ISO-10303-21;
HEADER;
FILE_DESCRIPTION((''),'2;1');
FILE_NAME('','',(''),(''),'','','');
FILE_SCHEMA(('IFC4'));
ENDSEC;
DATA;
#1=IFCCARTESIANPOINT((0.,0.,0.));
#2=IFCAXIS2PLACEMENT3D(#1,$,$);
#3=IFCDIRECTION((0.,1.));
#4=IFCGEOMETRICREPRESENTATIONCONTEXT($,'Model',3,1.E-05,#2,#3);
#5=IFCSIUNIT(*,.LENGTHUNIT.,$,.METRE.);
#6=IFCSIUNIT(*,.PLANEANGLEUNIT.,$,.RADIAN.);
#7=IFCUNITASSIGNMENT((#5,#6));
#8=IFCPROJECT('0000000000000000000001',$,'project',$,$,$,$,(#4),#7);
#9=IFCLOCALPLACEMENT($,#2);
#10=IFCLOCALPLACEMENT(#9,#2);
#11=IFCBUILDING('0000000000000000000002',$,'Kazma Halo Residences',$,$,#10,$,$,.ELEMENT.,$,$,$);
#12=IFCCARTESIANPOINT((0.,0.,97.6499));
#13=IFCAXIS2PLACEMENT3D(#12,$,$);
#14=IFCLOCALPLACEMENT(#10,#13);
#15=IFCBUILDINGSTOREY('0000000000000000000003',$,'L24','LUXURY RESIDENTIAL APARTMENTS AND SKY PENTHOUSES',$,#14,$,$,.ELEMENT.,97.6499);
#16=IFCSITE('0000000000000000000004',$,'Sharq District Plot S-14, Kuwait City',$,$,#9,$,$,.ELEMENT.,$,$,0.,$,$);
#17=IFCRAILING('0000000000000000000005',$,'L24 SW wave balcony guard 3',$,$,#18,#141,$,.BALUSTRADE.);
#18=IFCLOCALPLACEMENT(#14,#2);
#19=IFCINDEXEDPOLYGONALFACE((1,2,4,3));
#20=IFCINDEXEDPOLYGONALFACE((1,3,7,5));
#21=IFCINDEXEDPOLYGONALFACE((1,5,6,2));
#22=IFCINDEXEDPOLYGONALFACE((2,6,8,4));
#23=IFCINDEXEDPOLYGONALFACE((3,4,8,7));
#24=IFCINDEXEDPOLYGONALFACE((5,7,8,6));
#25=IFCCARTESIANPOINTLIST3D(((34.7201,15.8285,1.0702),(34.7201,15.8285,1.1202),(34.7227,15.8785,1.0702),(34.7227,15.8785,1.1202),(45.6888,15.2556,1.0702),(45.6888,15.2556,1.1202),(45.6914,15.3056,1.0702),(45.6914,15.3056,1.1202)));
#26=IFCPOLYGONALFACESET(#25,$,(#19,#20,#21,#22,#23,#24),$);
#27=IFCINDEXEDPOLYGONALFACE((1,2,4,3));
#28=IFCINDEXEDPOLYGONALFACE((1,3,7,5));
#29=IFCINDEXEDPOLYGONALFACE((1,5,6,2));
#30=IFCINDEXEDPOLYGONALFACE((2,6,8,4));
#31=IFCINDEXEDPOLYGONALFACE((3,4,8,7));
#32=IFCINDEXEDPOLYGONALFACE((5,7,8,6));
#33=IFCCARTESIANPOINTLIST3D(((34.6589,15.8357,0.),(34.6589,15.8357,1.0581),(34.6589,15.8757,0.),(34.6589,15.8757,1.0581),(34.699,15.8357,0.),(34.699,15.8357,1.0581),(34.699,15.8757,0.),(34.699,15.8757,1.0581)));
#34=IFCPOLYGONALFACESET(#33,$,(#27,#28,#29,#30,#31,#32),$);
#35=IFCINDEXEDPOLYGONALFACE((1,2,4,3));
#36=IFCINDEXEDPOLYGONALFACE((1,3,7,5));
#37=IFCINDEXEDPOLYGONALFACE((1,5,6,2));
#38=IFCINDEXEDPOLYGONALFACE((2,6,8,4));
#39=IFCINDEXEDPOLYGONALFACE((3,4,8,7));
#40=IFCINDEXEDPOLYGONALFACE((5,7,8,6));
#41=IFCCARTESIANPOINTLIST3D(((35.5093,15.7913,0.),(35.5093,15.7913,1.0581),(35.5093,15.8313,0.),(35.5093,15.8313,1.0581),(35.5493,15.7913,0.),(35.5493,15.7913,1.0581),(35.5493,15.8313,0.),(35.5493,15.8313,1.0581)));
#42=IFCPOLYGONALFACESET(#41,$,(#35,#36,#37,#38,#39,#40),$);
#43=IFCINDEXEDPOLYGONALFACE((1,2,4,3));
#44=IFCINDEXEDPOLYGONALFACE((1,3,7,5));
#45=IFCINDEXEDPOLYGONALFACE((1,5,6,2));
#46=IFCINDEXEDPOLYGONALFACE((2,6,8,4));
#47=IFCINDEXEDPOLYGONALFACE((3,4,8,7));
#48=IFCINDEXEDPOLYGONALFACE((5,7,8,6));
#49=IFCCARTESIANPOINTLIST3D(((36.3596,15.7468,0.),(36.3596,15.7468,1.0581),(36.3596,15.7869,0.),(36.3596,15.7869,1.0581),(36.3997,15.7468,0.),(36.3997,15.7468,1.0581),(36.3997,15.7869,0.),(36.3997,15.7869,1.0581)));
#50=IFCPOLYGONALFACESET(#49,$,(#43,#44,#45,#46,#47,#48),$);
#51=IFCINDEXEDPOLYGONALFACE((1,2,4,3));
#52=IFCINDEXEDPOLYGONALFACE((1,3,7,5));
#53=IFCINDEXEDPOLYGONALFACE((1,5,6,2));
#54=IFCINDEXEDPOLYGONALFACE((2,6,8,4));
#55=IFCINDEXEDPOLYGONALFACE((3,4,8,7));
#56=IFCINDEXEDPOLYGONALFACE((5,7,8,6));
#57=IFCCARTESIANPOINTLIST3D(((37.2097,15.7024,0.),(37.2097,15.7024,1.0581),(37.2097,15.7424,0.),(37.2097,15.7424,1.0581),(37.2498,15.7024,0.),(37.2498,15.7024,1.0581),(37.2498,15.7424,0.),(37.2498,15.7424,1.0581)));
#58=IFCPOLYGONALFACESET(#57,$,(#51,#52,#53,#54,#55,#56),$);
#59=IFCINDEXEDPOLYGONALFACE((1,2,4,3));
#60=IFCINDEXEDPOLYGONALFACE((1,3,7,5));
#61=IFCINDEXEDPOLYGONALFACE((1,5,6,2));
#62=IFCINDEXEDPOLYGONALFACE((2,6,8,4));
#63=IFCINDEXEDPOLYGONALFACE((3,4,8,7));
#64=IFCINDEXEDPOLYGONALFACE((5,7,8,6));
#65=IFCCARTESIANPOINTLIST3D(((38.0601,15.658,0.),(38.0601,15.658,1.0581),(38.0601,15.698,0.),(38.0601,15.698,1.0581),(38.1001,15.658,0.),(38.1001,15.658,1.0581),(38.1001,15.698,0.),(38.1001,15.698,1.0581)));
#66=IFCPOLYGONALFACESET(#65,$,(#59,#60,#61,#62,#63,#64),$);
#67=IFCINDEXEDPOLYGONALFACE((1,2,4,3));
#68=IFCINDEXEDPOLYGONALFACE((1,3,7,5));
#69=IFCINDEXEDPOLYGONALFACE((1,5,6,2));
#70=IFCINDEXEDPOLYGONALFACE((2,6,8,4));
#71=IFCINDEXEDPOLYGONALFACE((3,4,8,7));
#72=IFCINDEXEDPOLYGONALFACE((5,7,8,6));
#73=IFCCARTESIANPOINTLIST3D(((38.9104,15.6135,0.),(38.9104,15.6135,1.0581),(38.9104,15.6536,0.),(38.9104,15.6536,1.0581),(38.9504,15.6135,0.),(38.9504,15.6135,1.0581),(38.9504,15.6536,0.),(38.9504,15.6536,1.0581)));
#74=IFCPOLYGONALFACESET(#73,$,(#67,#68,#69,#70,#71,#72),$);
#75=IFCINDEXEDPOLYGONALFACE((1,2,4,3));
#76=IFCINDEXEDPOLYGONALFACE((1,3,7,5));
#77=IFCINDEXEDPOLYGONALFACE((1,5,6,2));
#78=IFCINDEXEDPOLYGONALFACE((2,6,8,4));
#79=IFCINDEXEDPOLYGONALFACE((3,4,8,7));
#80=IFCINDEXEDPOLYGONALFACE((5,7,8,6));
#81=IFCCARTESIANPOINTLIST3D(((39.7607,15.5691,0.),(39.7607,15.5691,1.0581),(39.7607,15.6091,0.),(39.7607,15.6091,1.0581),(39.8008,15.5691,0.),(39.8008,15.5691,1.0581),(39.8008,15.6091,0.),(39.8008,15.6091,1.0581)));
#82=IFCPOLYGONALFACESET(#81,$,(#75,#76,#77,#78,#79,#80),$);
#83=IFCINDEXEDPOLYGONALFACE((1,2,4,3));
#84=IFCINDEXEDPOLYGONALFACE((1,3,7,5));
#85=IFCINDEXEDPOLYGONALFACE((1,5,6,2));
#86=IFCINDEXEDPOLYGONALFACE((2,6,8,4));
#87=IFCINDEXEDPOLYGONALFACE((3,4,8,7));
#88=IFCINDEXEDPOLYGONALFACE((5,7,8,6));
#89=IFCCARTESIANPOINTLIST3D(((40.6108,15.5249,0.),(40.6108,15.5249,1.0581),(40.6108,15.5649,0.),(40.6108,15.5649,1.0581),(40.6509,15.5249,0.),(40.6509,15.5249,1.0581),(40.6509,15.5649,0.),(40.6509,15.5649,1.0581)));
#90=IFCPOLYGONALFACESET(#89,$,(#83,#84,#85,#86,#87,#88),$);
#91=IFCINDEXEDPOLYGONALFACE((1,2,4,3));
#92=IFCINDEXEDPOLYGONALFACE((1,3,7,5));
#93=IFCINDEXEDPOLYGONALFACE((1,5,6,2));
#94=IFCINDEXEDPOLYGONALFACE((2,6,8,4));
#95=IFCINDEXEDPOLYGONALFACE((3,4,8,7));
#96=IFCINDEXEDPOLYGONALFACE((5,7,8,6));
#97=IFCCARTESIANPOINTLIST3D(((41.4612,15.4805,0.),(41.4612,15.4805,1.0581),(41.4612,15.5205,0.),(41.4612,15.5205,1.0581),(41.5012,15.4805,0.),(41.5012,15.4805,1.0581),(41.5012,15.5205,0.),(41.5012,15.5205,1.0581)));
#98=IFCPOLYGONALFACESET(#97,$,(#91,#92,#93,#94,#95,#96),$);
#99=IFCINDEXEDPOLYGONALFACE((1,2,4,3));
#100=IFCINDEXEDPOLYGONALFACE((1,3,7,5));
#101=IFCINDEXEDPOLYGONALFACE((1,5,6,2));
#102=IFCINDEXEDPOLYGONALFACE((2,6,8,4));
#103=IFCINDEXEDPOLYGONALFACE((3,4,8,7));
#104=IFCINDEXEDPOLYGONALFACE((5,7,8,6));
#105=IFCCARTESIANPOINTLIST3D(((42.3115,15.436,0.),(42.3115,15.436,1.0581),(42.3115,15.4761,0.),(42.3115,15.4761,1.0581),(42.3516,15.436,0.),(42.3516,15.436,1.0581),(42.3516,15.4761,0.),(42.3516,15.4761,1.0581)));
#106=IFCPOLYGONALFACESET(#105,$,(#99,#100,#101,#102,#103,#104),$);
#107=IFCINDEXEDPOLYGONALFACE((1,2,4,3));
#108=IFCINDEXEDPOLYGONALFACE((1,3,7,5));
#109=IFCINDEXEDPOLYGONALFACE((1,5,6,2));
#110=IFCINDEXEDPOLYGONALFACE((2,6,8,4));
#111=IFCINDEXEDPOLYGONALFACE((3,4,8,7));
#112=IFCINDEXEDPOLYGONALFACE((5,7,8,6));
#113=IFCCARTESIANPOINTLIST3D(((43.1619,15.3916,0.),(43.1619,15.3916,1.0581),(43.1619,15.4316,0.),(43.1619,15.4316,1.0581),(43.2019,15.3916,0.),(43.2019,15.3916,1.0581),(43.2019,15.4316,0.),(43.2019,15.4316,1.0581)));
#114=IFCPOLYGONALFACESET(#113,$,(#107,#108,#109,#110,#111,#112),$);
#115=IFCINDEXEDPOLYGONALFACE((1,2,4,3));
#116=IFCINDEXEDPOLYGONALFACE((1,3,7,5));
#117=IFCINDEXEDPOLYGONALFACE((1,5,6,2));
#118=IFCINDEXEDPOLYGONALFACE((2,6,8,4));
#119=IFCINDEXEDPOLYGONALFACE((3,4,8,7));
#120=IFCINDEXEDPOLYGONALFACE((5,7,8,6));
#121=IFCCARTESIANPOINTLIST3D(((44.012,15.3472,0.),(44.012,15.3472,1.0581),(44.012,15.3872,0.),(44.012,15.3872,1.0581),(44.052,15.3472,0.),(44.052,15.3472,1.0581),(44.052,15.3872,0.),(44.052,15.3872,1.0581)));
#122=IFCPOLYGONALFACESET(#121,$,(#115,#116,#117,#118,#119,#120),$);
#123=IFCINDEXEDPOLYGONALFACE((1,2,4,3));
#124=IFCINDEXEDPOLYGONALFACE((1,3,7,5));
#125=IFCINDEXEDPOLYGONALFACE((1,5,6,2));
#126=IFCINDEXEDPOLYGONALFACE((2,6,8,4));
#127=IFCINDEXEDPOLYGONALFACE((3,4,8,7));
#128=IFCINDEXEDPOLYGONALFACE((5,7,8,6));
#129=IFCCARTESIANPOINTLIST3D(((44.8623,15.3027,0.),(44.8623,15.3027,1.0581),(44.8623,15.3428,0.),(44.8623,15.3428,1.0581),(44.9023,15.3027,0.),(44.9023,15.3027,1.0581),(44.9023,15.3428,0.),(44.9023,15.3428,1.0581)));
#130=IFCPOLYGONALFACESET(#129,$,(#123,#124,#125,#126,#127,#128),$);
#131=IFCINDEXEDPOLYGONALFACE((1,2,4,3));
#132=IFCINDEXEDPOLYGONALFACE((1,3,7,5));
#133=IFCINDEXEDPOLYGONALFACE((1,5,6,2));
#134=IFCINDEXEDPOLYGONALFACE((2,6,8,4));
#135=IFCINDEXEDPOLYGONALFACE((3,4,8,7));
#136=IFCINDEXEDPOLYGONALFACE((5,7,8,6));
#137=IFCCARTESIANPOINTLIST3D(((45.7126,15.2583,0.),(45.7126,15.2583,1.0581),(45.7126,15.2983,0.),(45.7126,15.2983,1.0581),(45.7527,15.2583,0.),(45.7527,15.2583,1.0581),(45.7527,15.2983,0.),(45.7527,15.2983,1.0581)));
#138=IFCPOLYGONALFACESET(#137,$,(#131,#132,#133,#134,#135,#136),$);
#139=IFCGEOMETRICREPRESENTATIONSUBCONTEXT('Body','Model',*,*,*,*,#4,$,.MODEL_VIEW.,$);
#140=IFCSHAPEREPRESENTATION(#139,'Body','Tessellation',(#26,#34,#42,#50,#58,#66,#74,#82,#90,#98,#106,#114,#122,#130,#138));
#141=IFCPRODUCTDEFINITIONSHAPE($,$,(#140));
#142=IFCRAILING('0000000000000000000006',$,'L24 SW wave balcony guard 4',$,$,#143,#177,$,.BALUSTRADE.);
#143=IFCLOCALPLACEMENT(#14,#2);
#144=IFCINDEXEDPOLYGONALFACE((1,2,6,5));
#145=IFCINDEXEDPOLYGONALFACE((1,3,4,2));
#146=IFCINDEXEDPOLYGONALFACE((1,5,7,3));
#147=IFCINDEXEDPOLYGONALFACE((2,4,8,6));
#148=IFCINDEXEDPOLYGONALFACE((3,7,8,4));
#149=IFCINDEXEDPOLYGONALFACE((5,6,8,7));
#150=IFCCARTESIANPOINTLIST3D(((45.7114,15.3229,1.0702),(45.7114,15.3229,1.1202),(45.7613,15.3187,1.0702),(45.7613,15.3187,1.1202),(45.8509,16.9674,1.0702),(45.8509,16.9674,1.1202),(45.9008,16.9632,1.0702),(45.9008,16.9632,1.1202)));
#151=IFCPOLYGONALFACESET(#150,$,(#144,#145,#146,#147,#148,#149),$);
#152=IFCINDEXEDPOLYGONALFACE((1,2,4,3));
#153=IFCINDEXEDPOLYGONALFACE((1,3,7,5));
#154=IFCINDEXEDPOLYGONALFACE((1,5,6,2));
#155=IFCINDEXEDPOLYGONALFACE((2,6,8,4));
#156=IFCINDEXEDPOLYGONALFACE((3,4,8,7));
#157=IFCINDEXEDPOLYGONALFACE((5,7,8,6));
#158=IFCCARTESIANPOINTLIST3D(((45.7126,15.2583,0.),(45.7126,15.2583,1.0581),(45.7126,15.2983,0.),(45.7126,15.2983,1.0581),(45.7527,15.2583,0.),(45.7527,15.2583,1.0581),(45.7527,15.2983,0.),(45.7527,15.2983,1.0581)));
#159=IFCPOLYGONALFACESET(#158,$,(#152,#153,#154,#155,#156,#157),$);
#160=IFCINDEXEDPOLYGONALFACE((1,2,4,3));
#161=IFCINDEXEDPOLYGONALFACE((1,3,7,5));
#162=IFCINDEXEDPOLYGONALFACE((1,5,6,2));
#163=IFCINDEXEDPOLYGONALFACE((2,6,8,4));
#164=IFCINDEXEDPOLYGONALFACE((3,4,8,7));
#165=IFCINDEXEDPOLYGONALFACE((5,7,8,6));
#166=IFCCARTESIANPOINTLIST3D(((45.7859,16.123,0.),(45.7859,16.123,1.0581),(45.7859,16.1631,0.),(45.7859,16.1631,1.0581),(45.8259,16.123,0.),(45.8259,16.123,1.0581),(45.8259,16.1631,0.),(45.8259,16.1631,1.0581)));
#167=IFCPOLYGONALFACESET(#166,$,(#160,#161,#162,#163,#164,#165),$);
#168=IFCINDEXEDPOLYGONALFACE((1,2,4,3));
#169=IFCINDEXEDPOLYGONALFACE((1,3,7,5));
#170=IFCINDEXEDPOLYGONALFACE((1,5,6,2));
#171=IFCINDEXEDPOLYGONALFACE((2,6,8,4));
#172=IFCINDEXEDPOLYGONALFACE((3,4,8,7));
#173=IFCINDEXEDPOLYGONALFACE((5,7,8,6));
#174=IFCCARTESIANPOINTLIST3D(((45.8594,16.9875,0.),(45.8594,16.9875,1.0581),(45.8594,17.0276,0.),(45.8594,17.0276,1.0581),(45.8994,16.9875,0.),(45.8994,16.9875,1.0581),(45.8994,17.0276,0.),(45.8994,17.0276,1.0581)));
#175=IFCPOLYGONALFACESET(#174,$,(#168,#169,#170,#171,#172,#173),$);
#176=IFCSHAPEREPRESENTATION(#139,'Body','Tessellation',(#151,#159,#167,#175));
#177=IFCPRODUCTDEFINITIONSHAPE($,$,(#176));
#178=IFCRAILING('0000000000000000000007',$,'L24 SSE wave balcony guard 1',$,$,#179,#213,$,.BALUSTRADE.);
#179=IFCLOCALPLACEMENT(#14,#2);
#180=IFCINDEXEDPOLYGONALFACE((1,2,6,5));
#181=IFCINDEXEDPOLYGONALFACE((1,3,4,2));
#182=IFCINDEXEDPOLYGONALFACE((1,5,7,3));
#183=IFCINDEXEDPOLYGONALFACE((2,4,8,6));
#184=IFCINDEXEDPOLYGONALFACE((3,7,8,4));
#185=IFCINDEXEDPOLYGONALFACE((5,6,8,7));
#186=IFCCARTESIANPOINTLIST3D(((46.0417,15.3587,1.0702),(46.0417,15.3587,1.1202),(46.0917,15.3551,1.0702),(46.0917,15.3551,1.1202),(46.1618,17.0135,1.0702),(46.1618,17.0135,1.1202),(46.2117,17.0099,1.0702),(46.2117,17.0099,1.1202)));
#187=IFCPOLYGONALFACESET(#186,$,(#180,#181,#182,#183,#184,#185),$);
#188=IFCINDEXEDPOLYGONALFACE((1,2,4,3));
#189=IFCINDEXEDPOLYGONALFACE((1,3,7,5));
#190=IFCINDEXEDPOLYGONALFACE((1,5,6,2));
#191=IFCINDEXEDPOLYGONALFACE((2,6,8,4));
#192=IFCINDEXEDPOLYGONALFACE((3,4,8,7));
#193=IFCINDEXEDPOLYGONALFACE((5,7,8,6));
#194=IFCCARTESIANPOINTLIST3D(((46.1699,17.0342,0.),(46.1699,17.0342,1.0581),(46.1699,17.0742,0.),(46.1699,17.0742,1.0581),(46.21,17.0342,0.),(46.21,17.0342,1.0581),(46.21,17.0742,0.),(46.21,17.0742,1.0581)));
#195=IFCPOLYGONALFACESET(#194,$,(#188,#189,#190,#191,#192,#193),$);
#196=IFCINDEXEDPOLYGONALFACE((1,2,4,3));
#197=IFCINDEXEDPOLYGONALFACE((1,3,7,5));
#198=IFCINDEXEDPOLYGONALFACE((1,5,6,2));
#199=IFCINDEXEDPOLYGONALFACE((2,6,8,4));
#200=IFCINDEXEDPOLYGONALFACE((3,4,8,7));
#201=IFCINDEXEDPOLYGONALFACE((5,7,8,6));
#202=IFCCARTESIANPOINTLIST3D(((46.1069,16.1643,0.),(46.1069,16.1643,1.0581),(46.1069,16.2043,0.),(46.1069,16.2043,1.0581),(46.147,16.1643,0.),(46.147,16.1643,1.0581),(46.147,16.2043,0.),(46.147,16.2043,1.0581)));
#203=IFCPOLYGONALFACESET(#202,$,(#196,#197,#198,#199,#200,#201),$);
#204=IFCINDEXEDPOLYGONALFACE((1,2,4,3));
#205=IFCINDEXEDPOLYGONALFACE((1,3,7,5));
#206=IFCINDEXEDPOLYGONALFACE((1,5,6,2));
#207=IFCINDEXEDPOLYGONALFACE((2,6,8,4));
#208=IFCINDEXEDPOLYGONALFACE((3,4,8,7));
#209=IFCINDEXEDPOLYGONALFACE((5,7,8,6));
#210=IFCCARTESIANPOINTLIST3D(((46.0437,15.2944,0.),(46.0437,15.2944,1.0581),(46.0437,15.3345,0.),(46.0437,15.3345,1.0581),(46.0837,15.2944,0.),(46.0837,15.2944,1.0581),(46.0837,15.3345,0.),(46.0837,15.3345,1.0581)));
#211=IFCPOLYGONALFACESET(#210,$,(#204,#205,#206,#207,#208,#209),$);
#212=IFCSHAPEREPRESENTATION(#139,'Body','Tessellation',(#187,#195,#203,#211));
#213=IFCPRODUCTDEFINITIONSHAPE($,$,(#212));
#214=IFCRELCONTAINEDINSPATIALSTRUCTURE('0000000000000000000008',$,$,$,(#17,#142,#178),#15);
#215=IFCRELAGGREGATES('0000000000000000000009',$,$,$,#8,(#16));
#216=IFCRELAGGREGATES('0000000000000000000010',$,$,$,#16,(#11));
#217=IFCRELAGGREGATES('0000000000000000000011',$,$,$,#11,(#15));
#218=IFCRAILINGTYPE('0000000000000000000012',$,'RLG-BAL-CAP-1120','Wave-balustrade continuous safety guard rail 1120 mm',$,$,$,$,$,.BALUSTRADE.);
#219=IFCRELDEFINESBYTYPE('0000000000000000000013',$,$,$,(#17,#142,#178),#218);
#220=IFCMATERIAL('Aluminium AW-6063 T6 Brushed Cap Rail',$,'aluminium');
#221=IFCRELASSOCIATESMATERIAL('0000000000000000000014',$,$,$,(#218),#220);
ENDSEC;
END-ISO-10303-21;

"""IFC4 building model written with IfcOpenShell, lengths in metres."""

from ifc_helpers import new_model, si_unit, direction, frame, origin, origin_2d, place, context, subcontext, project, spatial, rectangle, extrude, material, type_object, element, save


model = new_model("IFC4")

# Units and contexts
model_context = context("Model", 3, precision=1e-05, world=origin(), true_north=direction((0.0, 1.0)))
body_context = subcontext(model_context, "Body", "Model", "MODEL_VIEW")
ifc_project = project(units=[si_unit("LENGTHUNIT", "METRE"), si_unit("PLANEANGLEUNIT", "RADIAN")], contexts=[model_context])

# Site, building, storey
site_placement = place(None, origin())
site = spatial("IfcSite", under=ifc_project, at=site_placement, Name="Sharq District Plot S-14, Kuwait City", CompositionType="ELEMENT", RefElevation=0.0)
building_placement = place(site_placement, origin())
building = spatial("IfcBuilding", under=site, at=building_placement, Name="Kazma Halo Residences", CompositionType="ELEMENT")
storey_placement = place(building_placement, frame((0.0, 0.0, 97.6499)))
storey = spatial("IfcBuildingStorey", under=building, at=storey_placement, Name="L24", Description="LUXURY RESIDENTIAL APARTMENTS AND SKY PENTHOUSES", CompositionType="ELEMENT", Elevation=97.6499)

# Railings
ifc_material_1 = material(Name="Aluminium AW-6063 T6 Brushed Cap Rail", Category="aluminium")
railing_type = type_object("IfcRailingType", Name="RLG-BAL-CAP-1120", Description="Wave-balustrade continuous safety guard rail 1120 mm", PredefinedType="BALUSTRADE", material=ifc_material_1)
railing_1_placement = place(storey_placement, frame((34.679, 15.8557, 0.0)))
element("IfcRailing", 1, at=railing_1_placement, inside=storey, type_object=railing_type, Name="L24 SW wave balcony guard 3", PredefinedType="BALUSTRADE", context=body_context, shape_type="SweptSolid", body=[
    extrude(rectangle(XDim=0.05, YDim=0.05, at=origin_2d()), frame((0.0425, -0.0022, 1.0952), z_axis=(0.998639, -0.052164, 0.0), x_axis=(0.052164, 0.998639, 0.0)), (0.0, 0.0, 1.0), 10.9836),
    extrude(rectangle(XDim=0.04, YDim=0.04, at=origin_2d()), origin(), (0.0, 0.0, 1.0), 1.0581),
    extrude(rectangle(XDim=0.04, YDim=0.04, at=origin_2d()), frame((0.8503, -0.0444, 0.0)), (0.0, 0.0, 1.0), 1.0581),
    extrude(rectangle(XDim=0.04, YDim=0.04, at=origin_2d()), frame((1.7007, -0.0889, 0.0)), (0.0, 0.0, 1.0), 1.0581),
    extrude(rectangle(XDim=0.04, YDim=0.04, at=origin_2d()), frame((2.5508, -0.1333, 0.0)), (0.0, 0.0, 1.0), 1.0581),
    extrude(rectangle(XDim=0.04, YDim=0.04, at=origin_2d()), frame((3.4011, -0.1777, 0.0)), (0.0, 0.0, 1.0), 1.0581),
    extrude(rectangle(XDim=0.04, YDim=0.04, at=origin_2d()), frame((4.2515, -0.2222, 0.0)), (0.0, 0.0, 1.0), 1.0581),
    extrude(rectangle(XDim=0.04, YDim=0.04, at=origin_2d()), frame((5.1018, -0.2666, 0.0)), (0.0, 0.0, 1.0), 1.0581),
    extrude(rectangle(XDim=0.04, YDim=0.04, at=origin_2d()), frame((5.9519, -0.3108, 0.0)), (0.0, 0.0, 1.0), 1.0581),
    extrude(rectangle(XDim=0.04, YDim=0.04, at=origin_2d()), frame((6.8022, -0.3552, 0.0)), (0.0, 0.0, 1.0), 1.0581),
    extrude(rectangle(XDim=0.04, YDim=0.04, at=origin_2d()), frame((7.6526, -0.3997, 0.0)), (0.0, 0.0, 1.0), 1.0581),
    extrude(rectangle(XDim=0.04, YDim=0.04, at=origin_2d()), frame((8.5029, -0.4441, 0.0)), (0.0, 0.0, 1.0), 1.0581),
    extrude(rectangle(XDim=0.04, YDim=0.04, at=origin_2d()), frame((9.353, -0.4885, 0.0)), (0.0, 0.0, 1.0), 1.0581),
    extrude(rectangle(XDim=0.04, YDim=0.04, at=origin_2d()), frame((10.2034, -0.533, 0.0)), (0.0, 0.0, 1.0), 1.0581),
    extrude(rectangle(XDim=0.04, YDim=0.04, at=origin_2d()), frame((11.0537, -0.5774, 0.0)), (0.0, 0.0, 1.0), 1.0581),
])
railing_2_placement = place(storey_placement, frame((45.7327, 15.2783, 0.0)))
element("IfcRailing", 2, at=railing_2_placement, inside=storey, type_object=railing_type, Name="L24 SW wave balcony guard 4", PredefinedType="BALUSTRADE", context=body_context, shape_type="SweptSolid", body=[
    extrude(rectangle(XDim=0.05, YDim=0.05, at=origin_2d()), frame((0.0037, 0.0425, 1.0952), z_axis=(0.084547, 0.996419, 0.0), x_axis=(-0.996419, 0.084547, 0.0)), (0.0, 0.0, 1.0), 1.6504),
    extrude(rectangle(XDim=0.04, YDim=0.04, at=origin_2d()), origin(), (0.0, 0.0, 1.0), 1.0581),
    extrude(rectangle(XDim=0.04, YDim=0.04, at=origin_2d()), frame((0.0732, 0.8647, 0.0)), (0.0, 0.0, 1.0), 1.0581),
    extrude(rectangle(XDim=0.04, YDim=0.04, at=origin_2d()), frame((0.1467, 1.7292, 0.0)), (0.0, 0.0, 1.0), 1.0581),
])
railing_3_placement = place(storey_placement, frame((46.1899, 17.0542, 0.0)))
element("IfcRailing", 3, at=railing_3_placement, inside=storey, type_object=railing_type, Name="L24 SSE wave balcony guard 1", PredefinedType="BALUSTRADE", context=body_context, shape_type="SweptSolid", body=[
    extrude(rectangle(XDim=0.05, YDim=0.05, at=origin_2d()), frame((-0.0032, -0.0425, 1.0952), z_axis=(-0.072361, -0.997379, 0.0), x_axis=(0.997379, -0.072361, 0.0)), (0.0, 0.0, 1.0), 1.6592),
    extrude(rectangle(XDim=0.04, YDim=0.04, at=origin_2d()), origin(), (0.0, 0.0, 1.0), 1.0581),
    extrude(rectangle(XDim=0.04, YDim=0.04, at=origin_2d()), frame((-0.063, -0.8699, 0.0)), (0.0, 0.0, 1.0), 1.0581),
    extrude(rectangle(XDim=0.04, YDim=0.04, at=origin_2d()), frame((-0.1262, -1.7397, 0.0)), (0.0, 0.0, 1.0), 1.0581),
])

save(model, "model.ifc")
